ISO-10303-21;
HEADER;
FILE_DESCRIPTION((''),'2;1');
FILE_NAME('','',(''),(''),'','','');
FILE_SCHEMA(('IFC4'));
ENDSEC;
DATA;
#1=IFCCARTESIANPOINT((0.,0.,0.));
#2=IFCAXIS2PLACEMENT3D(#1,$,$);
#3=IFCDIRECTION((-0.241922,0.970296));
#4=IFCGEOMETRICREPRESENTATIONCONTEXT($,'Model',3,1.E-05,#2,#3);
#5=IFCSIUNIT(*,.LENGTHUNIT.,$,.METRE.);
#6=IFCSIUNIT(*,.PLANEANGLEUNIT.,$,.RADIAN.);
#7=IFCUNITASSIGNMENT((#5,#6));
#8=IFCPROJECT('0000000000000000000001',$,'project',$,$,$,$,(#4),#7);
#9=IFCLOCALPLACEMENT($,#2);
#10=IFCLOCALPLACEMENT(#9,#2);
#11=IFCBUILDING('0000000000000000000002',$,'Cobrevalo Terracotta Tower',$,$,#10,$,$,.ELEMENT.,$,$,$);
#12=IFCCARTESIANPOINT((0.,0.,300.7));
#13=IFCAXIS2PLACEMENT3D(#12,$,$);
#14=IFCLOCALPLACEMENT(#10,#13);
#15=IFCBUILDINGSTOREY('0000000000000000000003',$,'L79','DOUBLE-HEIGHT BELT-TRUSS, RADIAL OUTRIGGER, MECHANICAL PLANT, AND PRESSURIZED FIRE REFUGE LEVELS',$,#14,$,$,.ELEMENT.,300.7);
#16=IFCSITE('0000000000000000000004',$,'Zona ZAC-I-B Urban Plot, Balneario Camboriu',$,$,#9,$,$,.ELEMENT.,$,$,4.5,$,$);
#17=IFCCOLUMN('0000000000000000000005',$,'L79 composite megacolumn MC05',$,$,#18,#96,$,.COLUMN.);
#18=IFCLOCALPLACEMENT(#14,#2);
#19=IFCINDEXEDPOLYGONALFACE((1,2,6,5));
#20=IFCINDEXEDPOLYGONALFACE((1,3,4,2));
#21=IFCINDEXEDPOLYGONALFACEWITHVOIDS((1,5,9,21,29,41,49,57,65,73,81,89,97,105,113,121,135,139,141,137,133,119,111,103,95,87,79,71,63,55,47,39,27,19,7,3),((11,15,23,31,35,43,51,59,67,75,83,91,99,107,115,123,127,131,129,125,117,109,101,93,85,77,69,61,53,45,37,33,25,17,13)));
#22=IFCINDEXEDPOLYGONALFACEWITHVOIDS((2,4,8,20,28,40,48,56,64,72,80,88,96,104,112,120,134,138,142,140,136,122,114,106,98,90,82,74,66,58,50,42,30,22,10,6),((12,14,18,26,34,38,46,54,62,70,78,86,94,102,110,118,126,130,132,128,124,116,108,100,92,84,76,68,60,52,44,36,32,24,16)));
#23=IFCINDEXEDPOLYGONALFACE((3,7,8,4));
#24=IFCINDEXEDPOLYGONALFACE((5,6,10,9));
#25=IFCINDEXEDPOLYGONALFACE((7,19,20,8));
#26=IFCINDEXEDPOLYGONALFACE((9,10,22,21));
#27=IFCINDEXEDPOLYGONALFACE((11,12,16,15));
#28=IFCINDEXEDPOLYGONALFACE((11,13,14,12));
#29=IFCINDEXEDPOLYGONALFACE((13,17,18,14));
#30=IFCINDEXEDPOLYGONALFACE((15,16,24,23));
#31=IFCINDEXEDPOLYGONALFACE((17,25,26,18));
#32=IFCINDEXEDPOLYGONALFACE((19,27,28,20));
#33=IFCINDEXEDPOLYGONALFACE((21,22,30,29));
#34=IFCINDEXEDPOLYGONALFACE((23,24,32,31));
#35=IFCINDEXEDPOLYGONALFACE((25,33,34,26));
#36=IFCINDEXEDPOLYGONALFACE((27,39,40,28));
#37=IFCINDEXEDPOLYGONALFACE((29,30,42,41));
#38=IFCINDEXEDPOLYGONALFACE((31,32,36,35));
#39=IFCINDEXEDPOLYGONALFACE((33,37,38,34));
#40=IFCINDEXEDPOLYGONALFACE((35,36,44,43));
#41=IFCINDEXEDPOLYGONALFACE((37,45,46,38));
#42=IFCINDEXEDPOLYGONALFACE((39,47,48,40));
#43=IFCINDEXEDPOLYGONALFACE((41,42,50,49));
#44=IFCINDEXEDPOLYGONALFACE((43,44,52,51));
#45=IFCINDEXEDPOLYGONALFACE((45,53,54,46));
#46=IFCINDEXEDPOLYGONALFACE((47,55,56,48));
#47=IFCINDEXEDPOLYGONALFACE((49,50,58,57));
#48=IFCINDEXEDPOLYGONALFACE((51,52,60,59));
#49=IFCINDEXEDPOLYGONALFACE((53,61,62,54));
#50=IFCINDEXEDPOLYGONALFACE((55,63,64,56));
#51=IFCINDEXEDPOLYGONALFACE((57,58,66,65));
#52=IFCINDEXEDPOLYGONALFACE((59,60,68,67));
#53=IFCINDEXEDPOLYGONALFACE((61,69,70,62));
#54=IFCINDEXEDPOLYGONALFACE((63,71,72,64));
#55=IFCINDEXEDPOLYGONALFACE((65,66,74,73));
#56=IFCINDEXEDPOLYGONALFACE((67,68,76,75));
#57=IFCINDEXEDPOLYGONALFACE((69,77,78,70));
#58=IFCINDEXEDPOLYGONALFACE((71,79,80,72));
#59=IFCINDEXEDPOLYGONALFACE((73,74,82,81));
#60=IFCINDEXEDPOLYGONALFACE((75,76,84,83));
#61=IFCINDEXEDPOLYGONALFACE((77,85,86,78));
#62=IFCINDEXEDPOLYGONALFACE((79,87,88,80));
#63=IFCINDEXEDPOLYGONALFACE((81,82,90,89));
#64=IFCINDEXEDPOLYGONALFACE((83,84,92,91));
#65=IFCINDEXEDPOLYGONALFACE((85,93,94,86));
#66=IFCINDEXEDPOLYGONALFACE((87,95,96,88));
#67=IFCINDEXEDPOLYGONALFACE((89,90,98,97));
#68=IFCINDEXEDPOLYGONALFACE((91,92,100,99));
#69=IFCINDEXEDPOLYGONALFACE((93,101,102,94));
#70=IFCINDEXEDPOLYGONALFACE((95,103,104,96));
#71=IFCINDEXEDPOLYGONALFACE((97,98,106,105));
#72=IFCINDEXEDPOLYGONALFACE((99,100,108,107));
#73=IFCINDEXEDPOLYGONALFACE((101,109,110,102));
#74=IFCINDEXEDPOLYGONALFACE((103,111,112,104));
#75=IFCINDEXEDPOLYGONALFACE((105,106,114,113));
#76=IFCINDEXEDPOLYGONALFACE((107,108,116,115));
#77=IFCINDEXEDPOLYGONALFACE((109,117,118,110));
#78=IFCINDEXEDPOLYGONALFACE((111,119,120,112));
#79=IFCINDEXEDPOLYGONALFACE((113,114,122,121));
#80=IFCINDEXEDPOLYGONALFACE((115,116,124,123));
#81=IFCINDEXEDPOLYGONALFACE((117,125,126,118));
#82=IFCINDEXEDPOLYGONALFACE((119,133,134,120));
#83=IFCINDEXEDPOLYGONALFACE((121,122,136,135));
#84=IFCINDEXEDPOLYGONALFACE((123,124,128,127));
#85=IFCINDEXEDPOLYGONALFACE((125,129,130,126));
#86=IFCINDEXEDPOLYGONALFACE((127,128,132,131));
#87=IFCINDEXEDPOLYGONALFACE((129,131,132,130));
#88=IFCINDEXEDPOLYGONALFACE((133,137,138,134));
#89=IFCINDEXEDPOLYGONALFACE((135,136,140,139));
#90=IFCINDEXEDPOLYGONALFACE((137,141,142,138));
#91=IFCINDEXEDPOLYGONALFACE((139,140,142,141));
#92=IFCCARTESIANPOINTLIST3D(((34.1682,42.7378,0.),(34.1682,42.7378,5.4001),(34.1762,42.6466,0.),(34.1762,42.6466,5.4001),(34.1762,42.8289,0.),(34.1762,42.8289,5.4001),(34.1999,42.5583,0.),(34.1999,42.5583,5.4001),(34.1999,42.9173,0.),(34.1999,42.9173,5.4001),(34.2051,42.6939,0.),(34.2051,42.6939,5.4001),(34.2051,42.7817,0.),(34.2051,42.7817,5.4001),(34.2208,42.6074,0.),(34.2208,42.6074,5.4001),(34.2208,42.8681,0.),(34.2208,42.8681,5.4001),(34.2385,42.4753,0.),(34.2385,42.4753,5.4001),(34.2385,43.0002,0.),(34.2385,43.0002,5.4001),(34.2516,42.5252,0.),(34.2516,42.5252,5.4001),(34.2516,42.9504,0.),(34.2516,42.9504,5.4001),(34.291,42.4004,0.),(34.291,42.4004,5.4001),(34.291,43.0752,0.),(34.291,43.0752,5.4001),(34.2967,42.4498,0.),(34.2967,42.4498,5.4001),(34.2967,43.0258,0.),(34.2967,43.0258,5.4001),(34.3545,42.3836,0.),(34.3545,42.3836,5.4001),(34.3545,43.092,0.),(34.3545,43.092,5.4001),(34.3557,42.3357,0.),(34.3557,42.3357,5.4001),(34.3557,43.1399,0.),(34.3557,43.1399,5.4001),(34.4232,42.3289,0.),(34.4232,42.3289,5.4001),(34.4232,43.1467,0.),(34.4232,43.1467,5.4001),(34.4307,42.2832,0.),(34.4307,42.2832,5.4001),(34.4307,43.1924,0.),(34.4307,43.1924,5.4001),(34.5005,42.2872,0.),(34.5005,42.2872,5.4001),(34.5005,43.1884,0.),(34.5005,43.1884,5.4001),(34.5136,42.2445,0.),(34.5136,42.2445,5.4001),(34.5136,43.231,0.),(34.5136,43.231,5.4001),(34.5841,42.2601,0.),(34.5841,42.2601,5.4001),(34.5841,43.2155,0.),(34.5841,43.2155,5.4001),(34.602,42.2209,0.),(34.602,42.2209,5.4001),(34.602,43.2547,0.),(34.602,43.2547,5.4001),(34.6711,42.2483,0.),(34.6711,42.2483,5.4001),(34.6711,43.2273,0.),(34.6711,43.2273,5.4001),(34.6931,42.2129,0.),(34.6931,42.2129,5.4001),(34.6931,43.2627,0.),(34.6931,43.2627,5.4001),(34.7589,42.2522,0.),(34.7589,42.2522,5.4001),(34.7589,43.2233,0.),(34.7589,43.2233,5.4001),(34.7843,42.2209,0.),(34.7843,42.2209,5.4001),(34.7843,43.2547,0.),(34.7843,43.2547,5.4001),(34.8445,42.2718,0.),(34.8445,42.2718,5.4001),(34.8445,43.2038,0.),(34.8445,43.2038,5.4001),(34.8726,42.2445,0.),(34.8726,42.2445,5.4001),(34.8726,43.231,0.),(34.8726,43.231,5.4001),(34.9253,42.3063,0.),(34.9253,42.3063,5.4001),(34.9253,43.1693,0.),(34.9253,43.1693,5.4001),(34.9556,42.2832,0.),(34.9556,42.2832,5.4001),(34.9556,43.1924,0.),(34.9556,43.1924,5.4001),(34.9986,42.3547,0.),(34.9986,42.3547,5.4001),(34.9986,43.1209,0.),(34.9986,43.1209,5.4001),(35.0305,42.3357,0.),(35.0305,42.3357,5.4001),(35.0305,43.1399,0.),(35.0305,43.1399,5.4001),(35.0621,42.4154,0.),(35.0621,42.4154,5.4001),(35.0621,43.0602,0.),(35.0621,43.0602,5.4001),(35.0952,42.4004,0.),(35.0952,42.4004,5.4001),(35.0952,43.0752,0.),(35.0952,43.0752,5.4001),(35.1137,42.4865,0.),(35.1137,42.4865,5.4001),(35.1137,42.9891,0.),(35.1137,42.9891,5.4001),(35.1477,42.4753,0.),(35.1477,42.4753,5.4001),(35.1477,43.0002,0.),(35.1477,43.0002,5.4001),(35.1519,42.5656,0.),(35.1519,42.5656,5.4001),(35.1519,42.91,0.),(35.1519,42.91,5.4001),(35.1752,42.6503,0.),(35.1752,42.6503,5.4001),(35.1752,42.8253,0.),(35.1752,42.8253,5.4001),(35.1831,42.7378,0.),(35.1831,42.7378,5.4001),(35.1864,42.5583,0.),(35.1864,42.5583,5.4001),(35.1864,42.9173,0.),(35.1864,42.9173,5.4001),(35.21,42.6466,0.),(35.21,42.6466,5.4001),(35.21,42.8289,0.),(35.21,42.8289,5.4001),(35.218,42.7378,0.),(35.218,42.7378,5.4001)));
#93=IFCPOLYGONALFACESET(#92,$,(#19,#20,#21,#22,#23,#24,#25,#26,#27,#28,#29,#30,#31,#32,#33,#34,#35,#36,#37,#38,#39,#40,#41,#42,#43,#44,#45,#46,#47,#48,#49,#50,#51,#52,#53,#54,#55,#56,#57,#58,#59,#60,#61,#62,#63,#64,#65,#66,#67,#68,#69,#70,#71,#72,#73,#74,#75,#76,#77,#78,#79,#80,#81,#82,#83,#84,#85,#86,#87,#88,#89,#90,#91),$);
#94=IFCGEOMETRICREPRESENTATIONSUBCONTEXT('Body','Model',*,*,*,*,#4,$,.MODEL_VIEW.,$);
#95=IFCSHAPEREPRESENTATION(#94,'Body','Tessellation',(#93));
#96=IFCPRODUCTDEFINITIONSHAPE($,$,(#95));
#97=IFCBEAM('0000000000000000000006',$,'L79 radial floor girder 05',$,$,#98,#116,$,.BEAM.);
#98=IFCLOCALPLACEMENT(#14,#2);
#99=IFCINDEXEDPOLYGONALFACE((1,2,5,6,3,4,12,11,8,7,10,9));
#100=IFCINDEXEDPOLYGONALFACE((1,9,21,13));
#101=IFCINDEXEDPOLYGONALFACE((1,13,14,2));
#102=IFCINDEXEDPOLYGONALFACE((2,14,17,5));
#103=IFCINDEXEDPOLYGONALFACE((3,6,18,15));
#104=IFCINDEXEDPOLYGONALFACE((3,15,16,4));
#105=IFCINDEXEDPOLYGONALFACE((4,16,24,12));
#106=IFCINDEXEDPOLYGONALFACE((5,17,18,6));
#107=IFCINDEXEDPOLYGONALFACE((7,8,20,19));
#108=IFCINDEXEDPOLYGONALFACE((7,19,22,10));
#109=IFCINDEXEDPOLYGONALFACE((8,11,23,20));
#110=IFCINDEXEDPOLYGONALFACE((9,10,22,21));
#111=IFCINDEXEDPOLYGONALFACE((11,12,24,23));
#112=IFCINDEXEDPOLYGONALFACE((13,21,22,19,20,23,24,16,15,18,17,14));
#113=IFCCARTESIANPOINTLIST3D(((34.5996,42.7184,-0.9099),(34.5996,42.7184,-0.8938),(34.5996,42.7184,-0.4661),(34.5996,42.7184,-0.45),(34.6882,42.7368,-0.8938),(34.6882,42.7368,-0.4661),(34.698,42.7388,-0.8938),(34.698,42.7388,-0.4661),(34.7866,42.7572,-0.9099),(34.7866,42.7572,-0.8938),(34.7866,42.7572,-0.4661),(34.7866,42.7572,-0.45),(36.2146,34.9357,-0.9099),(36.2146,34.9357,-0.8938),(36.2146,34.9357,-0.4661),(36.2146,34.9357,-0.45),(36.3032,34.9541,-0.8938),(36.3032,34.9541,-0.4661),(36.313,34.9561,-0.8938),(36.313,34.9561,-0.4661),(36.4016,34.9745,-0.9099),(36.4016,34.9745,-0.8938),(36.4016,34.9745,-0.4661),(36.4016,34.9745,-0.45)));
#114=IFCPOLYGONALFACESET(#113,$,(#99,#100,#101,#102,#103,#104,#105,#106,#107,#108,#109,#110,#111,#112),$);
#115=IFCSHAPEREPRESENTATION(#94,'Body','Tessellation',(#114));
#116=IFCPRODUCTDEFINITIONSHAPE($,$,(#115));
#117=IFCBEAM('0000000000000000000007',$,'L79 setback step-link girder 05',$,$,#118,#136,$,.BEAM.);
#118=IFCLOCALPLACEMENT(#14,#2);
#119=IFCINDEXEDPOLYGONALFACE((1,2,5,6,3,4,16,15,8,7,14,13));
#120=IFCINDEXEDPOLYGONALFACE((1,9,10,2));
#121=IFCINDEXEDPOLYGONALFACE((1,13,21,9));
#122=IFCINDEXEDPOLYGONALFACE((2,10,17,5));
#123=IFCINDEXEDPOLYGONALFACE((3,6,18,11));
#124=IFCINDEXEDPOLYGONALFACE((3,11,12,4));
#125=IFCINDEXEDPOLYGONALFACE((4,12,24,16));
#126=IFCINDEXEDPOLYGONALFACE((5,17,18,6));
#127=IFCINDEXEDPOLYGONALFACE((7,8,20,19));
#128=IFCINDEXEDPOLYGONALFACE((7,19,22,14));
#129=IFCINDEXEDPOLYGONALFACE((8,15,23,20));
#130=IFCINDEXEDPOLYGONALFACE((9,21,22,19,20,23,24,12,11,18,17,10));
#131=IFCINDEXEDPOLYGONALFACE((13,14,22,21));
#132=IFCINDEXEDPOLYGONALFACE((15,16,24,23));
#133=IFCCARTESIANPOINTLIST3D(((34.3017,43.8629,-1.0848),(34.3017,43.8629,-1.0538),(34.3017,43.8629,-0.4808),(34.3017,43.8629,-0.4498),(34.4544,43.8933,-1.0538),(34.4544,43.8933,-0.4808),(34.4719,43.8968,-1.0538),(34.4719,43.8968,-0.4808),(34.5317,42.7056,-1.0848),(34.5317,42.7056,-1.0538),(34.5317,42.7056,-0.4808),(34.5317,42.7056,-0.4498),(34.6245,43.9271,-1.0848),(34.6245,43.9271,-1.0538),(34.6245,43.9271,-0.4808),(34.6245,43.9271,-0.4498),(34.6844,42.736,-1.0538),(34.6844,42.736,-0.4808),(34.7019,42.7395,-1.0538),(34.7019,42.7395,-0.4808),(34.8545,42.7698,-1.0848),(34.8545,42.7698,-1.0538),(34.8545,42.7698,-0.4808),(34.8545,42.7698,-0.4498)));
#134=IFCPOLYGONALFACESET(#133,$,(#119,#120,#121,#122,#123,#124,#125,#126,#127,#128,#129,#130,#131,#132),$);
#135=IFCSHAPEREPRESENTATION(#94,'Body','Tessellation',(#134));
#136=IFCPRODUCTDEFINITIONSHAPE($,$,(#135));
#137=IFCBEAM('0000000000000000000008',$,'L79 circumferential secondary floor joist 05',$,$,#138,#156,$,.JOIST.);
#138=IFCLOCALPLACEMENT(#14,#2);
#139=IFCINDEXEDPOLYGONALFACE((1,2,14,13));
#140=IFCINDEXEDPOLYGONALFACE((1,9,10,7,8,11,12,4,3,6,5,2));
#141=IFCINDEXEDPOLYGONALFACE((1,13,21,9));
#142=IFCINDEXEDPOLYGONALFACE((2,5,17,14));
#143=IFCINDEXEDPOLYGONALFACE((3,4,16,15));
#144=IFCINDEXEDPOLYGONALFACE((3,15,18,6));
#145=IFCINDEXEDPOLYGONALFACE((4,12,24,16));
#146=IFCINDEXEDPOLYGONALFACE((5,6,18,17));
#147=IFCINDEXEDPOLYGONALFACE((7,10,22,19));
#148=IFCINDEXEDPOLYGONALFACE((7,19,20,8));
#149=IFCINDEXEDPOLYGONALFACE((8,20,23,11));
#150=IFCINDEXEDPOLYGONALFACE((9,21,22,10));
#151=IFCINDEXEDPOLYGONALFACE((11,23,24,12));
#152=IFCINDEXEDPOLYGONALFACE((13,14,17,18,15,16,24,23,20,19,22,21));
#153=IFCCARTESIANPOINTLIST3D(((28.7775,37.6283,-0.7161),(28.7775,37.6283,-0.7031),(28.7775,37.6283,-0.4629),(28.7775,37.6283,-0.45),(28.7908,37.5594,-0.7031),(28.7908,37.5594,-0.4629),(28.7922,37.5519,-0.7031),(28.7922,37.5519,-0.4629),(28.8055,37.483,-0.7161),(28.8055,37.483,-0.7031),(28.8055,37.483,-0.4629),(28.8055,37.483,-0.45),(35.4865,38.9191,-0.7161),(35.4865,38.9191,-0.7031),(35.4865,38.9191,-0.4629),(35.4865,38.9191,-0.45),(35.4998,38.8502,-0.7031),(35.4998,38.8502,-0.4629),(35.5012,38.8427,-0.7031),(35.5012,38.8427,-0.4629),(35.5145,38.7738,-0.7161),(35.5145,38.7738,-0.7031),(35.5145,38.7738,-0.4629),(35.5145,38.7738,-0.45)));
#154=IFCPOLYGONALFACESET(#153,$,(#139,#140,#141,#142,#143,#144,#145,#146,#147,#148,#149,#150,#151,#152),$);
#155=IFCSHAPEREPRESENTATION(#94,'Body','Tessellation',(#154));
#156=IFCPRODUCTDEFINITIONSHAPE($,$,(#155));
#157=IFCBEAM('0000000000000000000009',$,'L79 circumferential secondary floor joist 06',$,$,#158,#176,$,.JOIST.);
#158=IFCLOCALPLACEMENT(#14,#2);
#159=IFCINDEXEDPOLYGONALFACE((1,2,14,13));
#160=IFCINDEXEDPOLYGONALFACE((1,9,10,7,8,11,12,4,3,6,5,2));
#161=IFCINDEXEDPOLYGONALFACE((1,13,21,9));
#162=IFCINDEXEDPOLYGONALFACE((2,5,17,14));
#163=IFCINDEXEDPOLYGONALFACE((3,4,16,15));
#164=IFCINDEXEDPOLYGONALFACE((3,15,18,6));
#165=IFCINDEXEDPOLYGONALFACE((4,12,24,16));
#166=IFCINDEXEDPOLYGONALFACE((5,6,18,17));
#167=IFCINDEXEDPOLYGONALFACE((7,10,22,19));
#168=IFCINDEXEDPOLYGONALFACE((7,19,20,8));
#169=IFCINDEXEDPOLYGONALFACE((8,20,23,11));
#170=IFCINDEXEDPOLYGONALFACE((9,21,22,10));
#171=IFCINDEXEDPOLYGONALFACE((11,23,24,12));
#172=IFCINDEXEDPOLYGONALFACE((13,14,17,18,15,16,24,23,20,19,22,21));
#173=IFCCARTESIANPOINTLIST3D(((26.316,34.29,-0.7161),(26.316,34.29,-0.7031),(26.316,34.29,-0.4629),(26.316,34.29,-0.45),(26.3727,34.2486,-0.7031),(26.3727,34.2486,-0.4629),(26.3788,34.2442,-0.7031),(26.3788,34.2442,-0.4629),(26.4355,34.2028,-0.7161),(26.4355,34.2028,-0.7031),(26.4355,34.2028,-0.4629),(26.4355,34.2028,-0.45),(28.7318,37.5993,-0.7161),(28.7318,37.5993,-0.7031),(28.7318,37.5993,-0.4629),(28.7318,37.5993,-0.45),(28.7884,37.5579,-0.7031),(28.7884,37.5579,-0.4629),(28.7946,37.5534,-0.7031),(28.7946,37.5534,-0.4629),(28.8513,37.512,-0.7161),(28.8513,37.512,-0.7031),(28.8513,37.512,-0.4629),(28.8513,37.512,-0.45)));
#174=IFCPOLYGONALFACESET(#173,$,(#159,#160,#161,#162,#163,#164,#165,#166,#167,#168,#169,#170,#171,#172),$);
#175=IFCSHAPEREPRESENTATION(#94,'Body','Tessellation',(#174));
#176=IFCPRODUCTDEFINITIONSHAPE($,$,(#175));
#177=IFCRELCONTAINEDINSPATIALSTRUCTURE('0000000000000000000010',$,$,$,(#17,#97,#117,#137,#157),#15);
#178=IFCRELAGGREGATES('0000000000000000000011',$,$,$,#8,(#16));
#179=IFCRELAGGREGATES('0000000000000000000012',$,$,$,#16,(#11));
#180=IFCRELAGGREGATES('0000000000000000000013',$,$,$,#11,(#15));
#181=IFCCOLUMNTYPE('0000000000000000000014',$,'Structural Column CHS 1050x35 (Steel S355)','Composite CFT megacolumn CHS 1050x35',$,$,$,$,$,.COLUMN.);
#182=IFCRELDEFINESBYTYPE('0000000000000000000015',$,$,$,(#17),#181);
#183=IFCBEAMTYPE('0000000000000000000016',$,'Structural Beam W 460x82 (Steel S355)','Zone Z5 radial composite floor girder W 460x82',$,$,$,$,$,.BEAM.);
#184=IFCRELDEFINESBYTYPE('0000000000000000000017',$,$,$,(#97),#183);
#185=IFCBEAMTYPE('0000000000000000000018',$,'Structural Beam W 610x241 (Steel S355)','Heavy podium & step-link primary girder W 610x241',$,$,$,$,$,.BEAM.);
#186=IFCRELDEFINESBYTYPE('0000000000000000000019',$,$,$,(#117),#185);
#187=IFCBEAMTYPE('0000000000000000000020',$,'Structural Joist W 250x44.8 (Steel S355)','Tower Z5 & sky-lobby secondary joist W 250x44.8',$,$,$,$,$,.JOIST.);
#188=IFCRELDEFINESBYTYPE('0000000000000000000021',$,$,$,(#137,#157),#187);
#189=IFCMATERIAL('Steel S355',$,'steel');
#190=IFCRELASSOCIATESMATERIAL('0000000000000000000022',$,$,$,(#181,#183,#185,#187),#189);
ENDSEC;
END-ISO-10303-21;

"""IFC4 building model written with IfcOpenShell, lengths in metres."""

from ifc_helpers import new_model, si_unit, direction, frame, origin, origin_2d, place, context, subcontext, project, spatial, hollow_circle, i_section, extrude, material, material_profile, profile_set, type_object, element, save


model = new_model("IFC4")

# Units and contexts
model_context = context("Model", 3, precision=1e-05, world=origin(), true_north=direction((-0.241922, 0.970296)))
body_context = subcontext(model_context, "Body", "Model", "MODEL_VIEW")
ifc_project = project(units=[si_unit("LENGTHUNIT", "METRE"), si_unit("PLANEANGLEUNIT", "RADIAN")], contexts=[model_context])

# Site, building, storey
site_placement = place(None, origin())
site = spatial("IfcSite", under=ifc_project, at=site_placement, Name="Zona ZAC-I-B Urban Plot, Balneario Camboriu", CompositionType="ELEMENT", RefElevation=4.5)
building_placement = place(site_placement, origin())
building = spatial("IfcBuilding", under=site, at=building_placement, Name="Cobrevalo Terracotta Tower", CompositionType="ELEMENT")
storey_placement = place(building_placement, frame((0.0, 0.0, 300.7)))
storey = spatial("IfcBuildingStorey", under=building, at=storey_placement, Name="L79", Description="DOUBLE-HEIGHT BELT-TRUSS, RADIAL OUTRIGGER, MECHANICAL PLANT, AND PRESSURIZED FIRE REFUGE LEVELS", CompositionType="ELEMENT", Elevation=300.7)

# Column
ifc_material_1 = material(Name="Steel S355", Category="steel")
ifc_material_profile_1 = material_profile(ifc_material_1, hollow_circle(Radius=0.5249, WallThickness=0.0349, at=origin_2d()), Name="CHS 1050x35")
ifc_profile_set_1 = profile_set([ifc_material_profile_1], Name="Steel S355")
column_type = type_object("IfcColumnType", Name="Structural Column CHS 1050x35 (Steel S355)", Description="Composite CFT megacolumn CHS 1050x35", PredefinedType="COLUMN", material=ifc_profile_set_1)
column_placement = place(storey_placement, frame((34.6931, 42.7378, 0.0), z_axis=(0.0, 0.0, 1.0), x_axis=(1.0, 0.0, 0.0)))
element("IfcColumn", 1, at=column_placement, inside=storey, type_object=column_type, Name="L79 composite megacolumn MC05", PredefinedType="COLUMN", context=body_context, shape_type="SweptSolid", body=[
    extrude(hollow_circle(Radius=0.5249, WallThickness=0.0349, at=origin_2d()), origin(), (0.0, 0.0, 1.0), 5.4001),
])

# Beams
ifc_material_profile_2 = material_profile(ifc_material_1, i_section(OverallWidth=0.1909, OverallDepth=0.46, WebThickness=0.01, FlangeThickness=0.0161, at=origin_2d()), Name="W 460x82")
ifc_profile_set_2 = profile_set([ifc_material_profile_2], Name="Steel S355")
beam_type_1 = type_object("IfcBeamType", Name="Structural Beam W 460x82 (Steel S355)", Description="Zone Z5 radial composite floor girder W 460x82", PredefinedType="BEAM", material=ifc_profile_set_2)
beam_1_placement = place(storey_placement, frame((34.6931, 42.7378, -0.6799), z_axis=(0.203181, -0.979141, 0.0), x_axis=(0.979141, 0.203181, 0.0)))
element("IfcBeam", 2, at=beam_1_placement, inside=storey, type_object=beam_type_1, Name="L79 radial floor girder 05", PredefinedType="BEAM", context=body_context, shape_type="SweptSolid", body=[
    extrude(i_section(OverallWidth=0.1909, OverallDepth=0.46, WebThickness=0.01, FlangeThickness=0.0161, at=origin_2d()), origin(), (0.0, 0.0, 1.0), 7.9485),
])
ifc_material_profile_3 = material_profile(ifc_material_1, i_section(OverallWidth=0.3291, OverallDepth=0.635, WebThickness=0.0178, FlangeThickness=0.031, at=origin_2d()), Name="W 610x241")
ifc_profile_set_3 = profile_set([ifc_material_profile_3], Name="Steel S355")
beam_type_2 = type_object("IfcBeamType", Name="Structural Beam W 610x241 (Steel S355)", Description="Heavy podium & step-link primary girder W 610x241", PredefinedType="BEAM", material=ifc_profile_set_3)
beam_2_placement = place(storey_placement, frame((34.4631, 43.895, -0.7673), z_axis=(0.194922, -0.980819, 0.0), x_axis=(0.980819, 0.194922, 0.0)))
element("IfcBeam", 3, at=beam_2_placement, inside=storey, type_object=beam_type_2, Name="L79 setback step-link girder 05", PredefinedType="BEAM", context=body_context, shape_type="SweptSolid", body=[
    extrude(i_section(OverallWidth=0.3291, OverallDepth=0.635, WebThickness=0.0178, FlangeThickness=0.031, at=origin_2d()), origin(), (0.0, 0.0, 1.0), 1.1799),
])
ifc_material_profile_4 = material_profile(ifc_material_1, i_section(OverallWidth=0.1479, OverallDepth=0.2661, WebThickness=0.0076, FlangeThickness=0.0129, at=origin_2d()), Name="W 250x44.8")
ifc_profile_set_4 = profile_set([ifc_material_profile_4], Name="Steel S355")
beam_type_3 = type_object("IfcBeamType", Name="Structural Joist W 250x44.8 (Steel S355)", Description="Tower Z5 & sky-lobby secondary joist W 250x44.8", PredefinedType="JOIST", material=ifc_profile_set_4)
beam_3_placement = place(storey_placement, frame((35.5005, 38.8464, -0.583), z_axis=(-0.981991, -0.18893, 0.0), x_axis=(0.18893, -0.981991, 0.0)))
element("IfcBeam", 4, at=beam_3_placement, inside=storey, type_object=beam_type_3, Name="L79 circumferential secondary floor joist 05", PredefinedType="JOIST", context=body_context, shape_type="SweptSolid", body=[
    extrude(i_section(OverallWidth=0.1479, OverallDepth=0.2661, WebThickness=0.0076, FlangeThickness=0.0129, at=origin_2d()), origin(), (0.0, 0.0, 1.0), 6.832),
])
beam_4_placement = place(storey_placement, frame((28.7915, 37.5557, -0.583), z_axis=(-0.589606, -0.807691, 0.0), x_axis=(0.807691, -0.589606, 0.0)))
element("IfcBeam", 5, at=beam_4_placement, inside=storey, type_object=beam_type_3, Name="L79 circumferential secondary floor joist 06", PredefinedType="JOIST", context=body_context, shape_type="SweptSolid", body=[
    extrude(i_section(OverallWidth=0.1479, OverallDepth=0.2661, WebThickness=0.0076, FlangeThickness=0.0129, at=origin_2d()), origin(), (0.0, 0.0, 1.0), 4.0972),
])

save(model, "model.ifc")
